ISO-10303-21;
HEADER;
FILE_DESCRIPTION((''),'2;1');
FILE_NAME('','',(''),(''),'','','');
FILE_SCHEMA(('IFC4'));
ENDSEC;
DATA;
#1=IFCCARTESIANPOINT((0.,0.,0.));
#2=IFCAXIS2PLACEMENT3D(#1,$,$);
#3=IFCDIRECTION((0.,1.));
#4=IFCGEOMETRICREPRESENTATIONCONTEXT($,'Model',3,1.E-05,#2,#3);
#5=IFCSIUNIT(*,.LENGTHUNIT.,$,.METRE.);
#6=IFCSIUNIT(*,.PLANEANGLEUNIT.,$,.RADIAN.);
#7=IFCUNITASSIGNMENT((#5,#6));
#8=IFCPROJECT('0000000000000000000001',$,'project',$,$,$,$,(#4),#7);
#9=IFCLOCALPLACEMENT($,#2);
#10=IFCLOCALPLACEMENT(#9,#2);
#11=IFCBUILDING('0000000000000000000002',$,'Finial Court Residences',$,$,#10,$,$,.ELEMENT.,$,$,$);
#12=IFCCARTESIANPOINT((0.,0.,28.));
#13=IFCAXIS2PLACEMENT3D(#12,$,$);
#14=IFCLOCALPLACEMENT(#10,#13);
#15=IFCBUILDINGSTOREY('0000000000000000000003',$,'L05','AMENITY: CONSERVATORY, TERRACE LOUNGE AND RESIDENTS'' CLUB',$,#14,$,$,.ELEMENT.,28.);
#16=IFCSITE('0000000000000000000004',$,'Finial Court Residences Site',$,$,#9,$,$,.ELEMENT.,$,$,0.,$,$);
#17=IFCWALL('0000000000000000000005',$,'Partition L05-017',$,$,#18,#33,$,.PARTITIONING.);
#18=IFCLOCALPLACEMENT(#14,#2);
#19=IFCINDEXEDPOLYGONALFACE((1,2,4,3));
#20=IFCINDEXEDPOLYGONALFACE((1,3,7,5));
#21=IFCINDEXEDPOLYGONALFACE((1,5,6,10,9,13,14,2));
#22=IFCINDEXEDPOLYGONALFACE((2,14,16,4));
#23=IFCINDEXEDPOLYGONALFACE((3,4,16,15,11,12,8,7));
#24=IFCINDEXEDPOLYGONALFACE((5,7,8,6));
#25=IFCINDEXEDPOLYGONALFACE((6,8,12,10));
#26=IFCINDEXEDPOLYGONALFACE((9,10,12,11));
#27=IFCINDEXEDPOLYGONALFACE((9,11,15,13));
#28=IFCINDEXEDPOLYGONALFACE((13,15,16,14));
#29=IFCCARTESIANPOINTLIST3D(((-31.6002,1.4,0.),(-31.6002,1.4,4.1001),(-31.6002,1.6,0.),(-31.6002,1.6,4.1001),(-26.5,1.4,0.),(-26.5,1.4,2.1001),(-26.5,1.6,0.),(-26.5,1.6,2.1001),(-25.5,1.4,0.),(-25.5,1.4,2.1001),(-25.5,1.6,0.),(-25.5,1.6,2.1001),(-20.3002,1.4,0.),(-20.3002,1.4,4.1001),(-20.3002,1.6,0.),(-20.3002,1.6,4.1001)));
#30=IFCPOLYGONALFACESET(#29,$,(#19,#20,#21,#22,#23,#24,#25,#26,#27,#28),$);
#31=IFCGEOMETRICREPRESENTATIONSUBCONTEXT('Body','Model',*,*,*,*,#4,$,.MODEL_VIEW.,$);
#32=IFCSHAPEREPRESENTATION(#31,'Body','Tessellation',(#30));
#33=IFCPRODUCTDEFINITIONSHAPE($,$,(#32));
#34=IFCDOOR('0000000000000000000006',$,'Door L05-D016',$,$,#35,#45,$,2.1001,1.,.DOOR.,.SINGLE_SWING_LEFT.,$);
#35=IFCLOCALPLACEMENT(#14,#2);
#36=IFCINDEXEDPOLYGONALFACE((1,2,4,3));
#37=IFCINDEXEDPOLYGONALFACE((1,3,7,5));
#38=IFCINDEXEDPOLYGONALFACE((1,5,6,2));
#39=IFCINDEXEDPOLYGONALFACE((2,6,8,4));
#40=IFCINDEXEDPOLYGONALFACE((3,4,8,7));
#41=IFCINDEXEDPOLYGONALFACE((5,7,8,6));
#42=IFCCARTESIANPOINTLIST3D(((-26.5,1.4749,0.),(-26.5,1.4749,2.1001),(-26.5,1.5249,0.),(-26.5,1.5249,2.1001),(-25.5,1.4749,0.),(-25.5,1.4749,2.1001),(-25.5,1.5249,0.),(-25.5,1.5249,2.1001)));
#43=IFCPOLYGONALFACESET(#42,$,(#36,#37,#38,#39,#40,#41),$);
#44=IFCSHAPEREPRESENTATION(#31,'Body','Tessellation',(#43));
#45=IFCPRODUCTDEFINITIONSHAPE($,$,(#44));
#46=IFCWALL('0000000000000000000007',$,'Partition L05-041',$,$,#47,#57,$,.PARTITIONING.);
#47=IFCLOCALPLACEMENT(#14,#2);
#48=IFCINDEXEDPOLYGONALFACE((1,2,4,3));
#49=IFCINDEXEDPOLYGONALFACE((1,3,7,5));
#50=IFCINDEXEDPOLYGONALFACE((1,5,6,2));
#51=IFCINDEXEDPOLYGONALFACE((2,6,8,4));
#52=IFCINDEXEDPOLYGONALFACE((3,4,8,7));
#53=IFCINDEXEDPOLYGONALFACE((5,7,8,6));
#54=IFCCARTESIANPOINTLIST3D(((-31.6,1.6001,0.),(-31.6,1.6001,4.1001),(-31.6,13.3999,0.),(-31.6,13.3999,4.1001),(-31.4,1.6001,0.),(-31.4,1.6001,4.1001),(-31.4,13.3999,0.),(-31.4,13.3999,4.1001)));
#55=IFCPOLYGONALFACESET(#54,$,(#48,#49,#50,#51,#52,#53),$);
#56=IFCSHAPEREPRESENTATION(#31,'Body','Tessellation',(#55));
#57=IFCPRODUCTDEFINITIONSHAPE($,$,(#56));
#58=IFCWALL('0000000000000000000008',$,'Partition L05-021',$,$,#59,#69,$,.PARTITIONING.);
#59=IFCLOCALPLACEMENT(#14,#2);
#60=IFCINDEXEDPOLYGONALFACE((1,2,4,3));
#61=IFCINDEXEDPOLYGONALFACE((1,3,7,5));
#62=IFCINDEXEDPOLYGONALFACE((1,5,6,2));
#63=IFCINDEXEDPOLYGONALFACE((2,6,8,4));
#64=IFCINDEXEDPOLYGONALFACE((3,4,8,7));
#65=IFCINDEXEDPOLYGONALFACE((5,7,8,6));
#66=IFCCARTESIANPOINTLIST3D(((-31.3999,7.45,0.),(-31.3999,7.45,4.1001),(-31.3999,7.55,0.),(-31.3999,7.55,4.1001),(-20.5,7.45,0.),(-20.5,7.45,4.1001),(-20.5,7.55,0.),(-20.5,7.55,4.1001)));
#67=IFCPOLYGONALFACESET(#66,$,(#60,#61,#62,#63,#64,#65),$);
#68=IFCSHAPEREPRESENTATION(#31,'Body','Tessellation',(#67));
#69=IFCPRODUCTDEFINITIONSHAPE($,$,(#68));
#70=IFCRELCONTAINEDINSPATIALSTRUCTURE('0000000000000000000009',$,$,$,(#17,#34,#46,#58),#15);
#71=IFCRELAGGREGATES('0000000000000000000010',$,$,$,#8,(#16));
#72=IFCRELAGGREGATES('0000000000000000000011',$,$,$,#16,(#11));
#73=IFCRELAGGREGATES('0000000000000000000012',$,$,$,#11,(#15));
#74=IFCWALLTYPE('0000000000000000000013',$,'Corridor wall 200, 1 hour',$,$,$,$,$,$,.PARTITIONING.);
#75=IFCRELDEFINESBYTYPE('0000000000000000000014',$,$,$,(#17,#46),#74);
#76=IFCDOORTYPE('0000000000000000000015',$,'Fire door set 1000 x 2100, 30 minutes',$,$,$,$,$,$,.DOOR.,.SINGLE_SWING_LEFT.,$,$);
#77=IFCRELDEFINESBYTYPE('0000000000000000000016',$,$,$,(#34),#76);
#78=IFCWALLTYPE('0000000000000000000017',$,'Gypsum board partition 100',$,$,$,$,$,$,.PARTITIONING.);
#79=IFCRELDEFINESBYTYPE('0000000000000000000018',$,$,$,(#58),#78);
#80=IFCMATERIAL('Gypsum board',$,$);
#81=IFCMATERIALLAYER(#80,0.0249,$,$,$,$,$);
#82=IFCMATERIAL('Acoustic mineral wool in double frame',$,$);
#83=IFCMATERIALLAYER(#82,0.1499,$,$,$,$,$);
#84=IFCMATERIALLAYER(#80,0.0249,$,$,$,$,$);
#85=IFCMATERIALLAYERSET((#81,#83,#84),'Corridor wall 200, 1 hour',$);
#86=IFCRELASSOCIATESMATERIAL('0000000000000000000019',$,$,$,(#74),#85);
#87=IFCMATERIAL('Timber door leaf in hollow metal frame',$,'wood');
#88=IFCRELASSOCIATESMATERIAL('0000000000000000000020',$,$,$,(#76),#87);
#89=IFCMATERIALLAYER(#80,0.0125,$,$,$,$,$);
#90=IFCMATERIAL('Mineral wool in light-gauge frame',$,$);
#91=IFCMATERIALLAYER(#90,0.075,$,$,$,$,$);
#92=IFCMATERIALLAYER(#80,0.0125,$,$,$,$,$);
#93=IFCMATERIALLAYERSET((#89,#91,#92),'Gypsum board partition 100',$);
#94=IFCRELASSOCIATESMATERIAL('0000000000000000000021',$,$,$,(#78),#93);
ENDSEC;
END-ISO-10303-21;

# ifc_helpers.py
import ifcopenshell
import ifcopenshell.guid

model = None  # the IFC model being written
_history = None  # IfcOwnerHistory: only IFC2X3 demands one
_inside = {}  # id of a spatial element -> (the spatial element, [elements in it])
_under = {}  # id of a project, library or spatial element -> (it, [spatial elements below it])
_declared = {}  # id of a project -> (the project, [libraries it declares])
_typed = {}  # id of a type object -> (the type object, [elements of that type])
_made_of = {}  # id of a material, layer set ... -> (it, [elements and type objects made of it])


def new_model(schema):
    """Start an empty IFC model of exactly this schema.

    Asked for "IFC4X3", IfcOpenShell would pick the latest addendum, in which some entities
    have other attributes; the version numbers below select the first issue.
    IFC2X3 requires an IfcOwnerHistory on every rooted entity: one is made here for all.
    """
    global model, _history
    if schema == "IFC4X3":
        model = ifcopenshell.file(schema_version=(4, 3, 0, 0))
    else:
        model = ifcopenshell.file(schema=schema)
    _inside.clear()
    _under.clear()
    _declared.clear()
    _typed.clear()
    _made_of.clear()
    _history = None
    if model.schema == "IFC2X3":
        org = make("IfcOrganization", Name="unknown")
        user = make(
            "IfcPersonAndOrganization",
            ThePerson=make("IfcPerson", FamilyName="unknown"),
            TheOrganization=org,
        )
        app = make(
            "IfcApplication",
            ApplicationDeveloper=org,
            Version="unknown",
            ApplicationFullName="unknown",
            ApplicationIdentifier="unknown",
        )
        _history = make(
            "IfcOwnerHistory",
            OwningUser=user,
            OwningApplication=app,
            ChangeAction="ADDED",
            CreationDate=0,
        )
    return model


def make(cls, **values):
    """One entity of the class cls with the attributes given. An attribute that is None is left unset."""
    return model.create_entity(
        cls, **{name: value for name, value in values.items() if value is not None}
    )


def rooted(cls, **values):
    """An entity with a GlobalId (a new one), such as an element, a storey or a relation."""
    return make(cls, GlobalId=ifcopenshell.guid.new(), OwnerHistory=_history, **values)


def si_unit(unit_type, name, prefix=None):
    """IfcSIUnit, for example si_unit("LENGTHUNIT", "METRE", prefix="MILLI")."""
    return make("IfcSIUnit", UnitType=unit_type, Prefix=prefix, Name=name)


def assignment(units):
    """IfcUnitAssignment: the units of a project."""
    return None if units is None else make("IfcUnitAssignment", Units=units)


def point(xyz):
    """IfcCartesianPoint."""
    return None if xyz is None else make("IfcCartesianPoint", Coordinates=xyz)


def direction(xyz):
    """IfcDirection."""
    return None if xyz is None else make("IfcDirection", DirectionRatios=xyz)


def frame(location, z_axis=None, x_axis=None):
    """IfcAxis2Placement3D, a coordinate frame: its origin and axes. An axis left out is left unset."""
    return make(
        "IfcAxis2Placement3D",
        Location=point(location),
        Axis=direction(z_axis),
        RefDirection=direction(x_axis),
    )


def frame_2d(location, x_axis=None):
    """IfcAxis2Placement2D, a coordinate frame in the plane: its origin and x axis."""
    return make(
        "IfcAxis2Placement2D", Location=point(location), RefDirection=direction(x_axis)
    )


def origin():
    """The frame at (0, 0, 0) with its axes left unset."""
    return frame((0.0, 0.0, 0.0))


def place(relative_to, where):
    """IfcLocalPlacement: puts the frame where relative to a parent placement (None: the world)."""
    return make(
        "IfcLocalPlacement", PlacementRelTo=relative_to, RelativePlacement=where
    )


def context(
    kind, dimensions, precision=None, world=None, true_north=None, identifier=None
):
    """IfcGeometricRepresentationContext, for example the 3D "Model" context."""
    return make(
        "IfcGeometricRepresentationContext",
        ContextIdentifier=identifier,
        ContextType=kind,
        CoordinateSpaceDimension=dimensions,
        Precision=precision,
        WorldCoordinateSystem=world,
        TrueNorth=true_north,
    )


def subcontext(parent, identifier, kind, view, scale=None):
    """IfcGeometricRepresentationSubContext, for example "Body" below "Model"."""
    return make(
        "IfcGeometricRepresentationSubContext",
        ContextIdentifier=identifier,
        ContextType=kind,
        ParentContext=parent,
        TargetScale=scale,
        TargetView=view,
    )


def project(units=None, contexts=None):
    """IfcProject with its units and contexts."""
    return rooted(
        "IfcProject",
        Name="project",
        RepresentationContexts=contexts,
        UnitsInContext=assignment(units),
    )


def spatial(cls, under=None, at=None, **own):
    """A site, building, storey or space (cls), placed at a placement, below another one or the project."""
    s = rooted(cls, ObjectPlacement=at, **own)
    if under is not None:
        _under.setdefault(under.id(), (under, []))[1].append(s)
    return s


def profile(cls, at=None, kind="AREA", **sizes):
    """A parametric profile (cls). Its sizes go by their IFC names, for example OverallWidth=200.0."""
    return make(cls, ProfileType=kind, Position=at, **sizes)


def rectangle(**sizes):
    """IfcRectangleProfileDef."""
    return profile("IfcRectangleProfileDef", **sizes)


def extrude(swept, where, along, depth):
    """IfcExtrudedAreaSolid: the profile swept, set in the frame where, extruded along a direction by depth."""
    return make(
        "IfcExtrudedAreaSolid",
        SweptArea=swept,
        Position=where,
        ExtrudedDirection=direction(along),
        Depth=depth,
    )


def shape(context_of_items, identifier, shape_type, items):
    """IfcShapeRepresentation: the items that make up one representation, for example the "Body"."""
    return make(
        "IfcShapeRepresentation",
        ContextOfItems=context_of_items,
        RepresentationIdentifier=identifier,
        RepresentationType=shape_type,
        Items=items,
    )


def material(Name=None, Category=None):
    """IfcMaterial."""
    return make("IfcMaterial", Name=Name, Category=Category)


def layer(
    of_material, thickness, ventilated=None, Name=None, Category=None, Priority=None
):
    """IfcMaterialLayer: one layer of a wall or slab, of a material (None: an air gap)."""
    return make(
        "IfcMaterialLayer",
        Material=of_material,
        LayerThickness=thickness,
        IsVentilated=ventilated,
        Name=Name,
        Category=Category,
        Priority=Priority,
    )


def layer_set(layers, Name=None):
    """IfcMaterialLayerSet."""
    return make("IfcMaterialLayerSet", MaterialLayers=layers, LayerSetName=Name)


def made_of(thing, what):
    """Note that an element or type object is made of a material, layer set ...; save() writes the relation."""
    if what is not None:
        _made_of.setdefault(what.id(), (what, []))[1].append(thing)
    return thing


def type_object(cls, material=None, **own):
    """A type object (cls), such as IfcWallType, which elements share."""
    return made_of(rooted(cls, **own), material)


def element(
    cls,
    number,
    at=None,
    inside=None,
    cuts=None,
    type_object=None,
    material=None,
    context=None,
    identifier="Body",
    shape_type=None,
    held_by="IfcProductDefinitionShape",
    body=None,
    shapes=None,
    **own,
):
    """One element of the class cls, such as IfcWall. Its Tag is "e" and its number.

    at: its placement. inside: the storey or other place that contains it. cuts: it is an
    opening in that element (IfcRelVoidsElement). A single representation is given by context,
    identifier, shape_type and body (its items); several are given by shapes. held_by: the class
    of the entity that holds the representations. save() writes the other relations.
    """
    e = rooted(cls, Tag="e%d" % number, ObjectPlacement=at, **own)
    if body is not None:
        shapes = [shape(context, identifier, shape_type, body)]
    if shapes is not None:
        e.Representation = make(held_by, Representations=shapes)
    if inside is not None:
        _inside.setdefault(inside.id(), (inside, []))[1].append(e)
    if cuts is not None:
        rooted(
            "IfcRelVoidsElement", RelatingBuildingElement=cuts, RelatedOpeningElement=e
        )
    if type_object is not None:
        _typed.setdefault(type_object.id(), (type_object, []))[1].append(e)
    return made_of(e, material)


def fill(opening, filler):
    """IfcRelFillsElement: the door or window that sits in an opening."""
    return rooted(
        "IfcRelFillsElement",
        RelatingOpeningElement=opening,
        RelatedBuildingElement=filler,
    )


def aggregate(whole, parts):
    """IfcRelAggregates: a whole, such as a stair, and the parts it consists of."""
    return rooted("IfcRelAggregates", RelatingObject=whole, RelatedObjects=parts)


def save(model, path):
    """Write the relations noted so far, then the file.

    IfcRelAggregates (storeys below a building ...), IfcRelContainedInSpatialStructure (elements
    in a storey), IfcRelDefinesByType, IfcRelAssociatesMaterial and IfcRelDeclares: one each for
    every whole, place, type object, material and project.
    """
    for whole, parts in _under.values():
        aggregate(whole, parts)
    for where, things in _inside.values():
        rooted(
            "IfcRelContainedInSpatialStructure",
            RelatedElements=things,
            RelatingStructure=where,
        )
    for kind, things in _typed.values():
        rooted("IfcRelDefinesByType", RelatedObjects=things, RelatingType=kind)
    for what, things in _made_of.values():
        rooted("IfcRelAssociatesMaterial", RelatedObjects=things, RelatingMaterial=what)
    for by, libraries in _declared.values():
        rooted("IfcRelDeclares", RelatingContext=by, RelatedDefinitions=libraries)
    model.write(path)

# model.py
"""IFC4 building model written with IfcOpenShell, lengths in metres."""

from ifc_helpers import new_model, si_unit, direction, frame, frame_2d, origin, place, context, subcontext, project, spatial, rectangle, extrude, material, layer, layer_set, type_object, element, fill, save


model = new_model("IFC4")

# Units and contexts
model_context = context("Model", 3, precision=1e-05, world=origin(), true_north=direction((0.0, 1.0)))
body_context = subcontext(model_context, "Body", "Model", "MODEL_VIEW")
ifc_project = project(units=[si_unit("LENGTHUNIT", "METRE"), si_unit("PLANEANGLEUNIT", "RADIAN")], contexts=[model_context])

# Site, building, storey
site_placement = place(None, origin())
site = spatial("IfcSite", under=ifc_project, at=site_placement, Name="Finial Court Residences Site", CompositionType="ELEMENT", RefElevation=0.0)
building_placement = place(site_placement, origin())
building = spatial("IfcBuilding", under=site, at=building_placement, Name="Finial Court Residences", CompositionType="ELEMENT")
storey_placement = place(building_placement, frame((0.0, 0.0, 28.0)))
storey = spatial("IfcBuildingStorey", under=building, at=storey_placement, Name="L05", Description="AMENITY: CONSERVATORY, TERRACE LOUNGE AND RESIDENTS' CLUB", CompositionType="ELEMENT", Elevation=28.0)

# Wall, opening, door
ifc_material_1 = material(Name="Gypsum board")
ifc_layer_1 = layer(ifc_material_1, 0.0249)
ifc_material_2 = material(Name="Acoustic mineral wool in double frame")
ifc_layer_2 = layer(ifc_material_2, 0.1499)
ifc_layer_3 = layer(ifc_material_1, 0.0249)
ifc_layer_set_1 = layer_set([ifc_layer_1, ifc_layer_2, ifc_layer_3], Name="Corridor wall 200, 1 hour")
wall_type_1 = type_object("IfcWallType", Name="Corridor wall 200, 1 hour", PredefinedType="PARTITIONING", material=ifc_layer_set_1)
wall_1_placement = place(storey_placement, frame((-31.6001, 1.5, 0.0), z_axis=(0.0, 0.0, 1.0), x_axis=(1.0, 0.0, 0.0)))
wall_1 = element("IfcWall", 1, at=wall_1_placement, inside=storey, type_object=wall_type_1, Name="Partition L05-017", PredefinedType="PARTITIONING", context=body_context, shape_type="SweptSolid", body=[
    extrude(rectangle(XDim=11.3, YDim=0.2, at=frame_2d((5.6499, 0.0))), origin(), (0.0, 0.0, 1.0), 4.1001),
])
opening_placement = place(wall_1_placement, frame((5.1001, 0.0, 0.0)))
opening = element("IfcOpeningElement", 2, at=opening_placement, cuts=wall_1, PredefinedType="OPENING", context=body_context, shape_type="SweptSolid", body=[
    extrude(rectangle(XDim=1.0, YDim=2.1001, at=frame_2d((0.5, 1.05))), frame((0.0, 0.1099, 0.0), z_axis=(0.0, -1.0, 0.0), x_axis=(1.0, 0.0, 0.0)), (0.0, 0.0, 1.0), 0.22),
])
ifc_material_3 = material(Name="Timber door leaf in hollow metal frame", Category="wood")
door_type = type_object("IfcDoorType", Name="Fire door set 1000 x 2100, 30 minutes", OperationType="SINGLE_SWING_LEFT", PredefinedType="DOOR", material=ifc_material_3)
door_placement = place(opening_placement, origin())
door = element("IfcDoor", 3, at=door_placement, inside=storey, type_object=door_type, Name="Door L05-D016", OperationType="SINGLE_SWING_LEFT", OverallHeight=2.1001, OverallWidth=1.0, PredefinedType="DOOR", context=body_context, shape_type="SweptSolid", body=[
    extrude(rectangle(XDim=1.0, YDim=2.1001, at=frame_2d((0.5, 1.05))), frame((0.0, 0.0249, 0.0), z_axis=(0.0, -1.0, 0.0), x_axis=(1.0, 0.0, 0.0)), (0.0, 0.0, 1.0), 0.05),
])
fill(opening, door)

# Walls
wall_2_placement = place(storey_placement, frame((-31.5, 1.6001, 0.0), z_axis=(0.0, 0.0, 1.0), x_axis=(0.0, 1.0, 0.0)))
element("IfcWall", 4, at=wall_2_placement, inside=storey, type_object=wall_type_1, Name="Partition L05-041", PredefinedType="PARTITIONING", context=body_context, shape_type="SweptSolid", body=[
    extrude(rectangle(XDim=11.7998, YDim=0.2, at=frame_2d((5.8999, 0.0))), origin(), (0.0, 0.0, 1.0), 4.1001),
])
ifc_layer_4 = layer(ifc_material_1, 0.0125)
ifc_material_4 = material(Name="Mineral wool in light-gauge frame")
ifc_layer_5 = layer(ifc_material_4, 0.075)
ifc_layer_6 = layer(ifc_material_1, 0.0125)
ifc_layer_set_2 = layer_set([ifc_layer_4, ifc_layer_5, ifc_layer_6], Name="Gypsum board partition 100")
wall_type_2 = type_object("IfcWallType", Name="Gypsum board partition 100", PredefinedType="PARTITIONING", material=ifc_layer_set_2)
wall_3_placement = place(storey_placement, frame((-31.3999, 7.5, 0.0), z_axis=(0.0, 0.0, 1.0), x_axis=(1.0, 0.0, 0.0)))
element("IfcWall", 5, at=wall_3_placement, inside=storey, type_object=wall_type_2, Name="Partition L05-021", PredefinedType="PARTITIONING", context=body_context, shape_type="SweptSolid", body=[
    extrude(rectangle(XDim=10.8999, YDim=0.1001, at=frame_2d((5.45, 0.0))), origin(), (0.0, 0.0, 1.0), 4.1001),
])

save(model, "model.ifc")
